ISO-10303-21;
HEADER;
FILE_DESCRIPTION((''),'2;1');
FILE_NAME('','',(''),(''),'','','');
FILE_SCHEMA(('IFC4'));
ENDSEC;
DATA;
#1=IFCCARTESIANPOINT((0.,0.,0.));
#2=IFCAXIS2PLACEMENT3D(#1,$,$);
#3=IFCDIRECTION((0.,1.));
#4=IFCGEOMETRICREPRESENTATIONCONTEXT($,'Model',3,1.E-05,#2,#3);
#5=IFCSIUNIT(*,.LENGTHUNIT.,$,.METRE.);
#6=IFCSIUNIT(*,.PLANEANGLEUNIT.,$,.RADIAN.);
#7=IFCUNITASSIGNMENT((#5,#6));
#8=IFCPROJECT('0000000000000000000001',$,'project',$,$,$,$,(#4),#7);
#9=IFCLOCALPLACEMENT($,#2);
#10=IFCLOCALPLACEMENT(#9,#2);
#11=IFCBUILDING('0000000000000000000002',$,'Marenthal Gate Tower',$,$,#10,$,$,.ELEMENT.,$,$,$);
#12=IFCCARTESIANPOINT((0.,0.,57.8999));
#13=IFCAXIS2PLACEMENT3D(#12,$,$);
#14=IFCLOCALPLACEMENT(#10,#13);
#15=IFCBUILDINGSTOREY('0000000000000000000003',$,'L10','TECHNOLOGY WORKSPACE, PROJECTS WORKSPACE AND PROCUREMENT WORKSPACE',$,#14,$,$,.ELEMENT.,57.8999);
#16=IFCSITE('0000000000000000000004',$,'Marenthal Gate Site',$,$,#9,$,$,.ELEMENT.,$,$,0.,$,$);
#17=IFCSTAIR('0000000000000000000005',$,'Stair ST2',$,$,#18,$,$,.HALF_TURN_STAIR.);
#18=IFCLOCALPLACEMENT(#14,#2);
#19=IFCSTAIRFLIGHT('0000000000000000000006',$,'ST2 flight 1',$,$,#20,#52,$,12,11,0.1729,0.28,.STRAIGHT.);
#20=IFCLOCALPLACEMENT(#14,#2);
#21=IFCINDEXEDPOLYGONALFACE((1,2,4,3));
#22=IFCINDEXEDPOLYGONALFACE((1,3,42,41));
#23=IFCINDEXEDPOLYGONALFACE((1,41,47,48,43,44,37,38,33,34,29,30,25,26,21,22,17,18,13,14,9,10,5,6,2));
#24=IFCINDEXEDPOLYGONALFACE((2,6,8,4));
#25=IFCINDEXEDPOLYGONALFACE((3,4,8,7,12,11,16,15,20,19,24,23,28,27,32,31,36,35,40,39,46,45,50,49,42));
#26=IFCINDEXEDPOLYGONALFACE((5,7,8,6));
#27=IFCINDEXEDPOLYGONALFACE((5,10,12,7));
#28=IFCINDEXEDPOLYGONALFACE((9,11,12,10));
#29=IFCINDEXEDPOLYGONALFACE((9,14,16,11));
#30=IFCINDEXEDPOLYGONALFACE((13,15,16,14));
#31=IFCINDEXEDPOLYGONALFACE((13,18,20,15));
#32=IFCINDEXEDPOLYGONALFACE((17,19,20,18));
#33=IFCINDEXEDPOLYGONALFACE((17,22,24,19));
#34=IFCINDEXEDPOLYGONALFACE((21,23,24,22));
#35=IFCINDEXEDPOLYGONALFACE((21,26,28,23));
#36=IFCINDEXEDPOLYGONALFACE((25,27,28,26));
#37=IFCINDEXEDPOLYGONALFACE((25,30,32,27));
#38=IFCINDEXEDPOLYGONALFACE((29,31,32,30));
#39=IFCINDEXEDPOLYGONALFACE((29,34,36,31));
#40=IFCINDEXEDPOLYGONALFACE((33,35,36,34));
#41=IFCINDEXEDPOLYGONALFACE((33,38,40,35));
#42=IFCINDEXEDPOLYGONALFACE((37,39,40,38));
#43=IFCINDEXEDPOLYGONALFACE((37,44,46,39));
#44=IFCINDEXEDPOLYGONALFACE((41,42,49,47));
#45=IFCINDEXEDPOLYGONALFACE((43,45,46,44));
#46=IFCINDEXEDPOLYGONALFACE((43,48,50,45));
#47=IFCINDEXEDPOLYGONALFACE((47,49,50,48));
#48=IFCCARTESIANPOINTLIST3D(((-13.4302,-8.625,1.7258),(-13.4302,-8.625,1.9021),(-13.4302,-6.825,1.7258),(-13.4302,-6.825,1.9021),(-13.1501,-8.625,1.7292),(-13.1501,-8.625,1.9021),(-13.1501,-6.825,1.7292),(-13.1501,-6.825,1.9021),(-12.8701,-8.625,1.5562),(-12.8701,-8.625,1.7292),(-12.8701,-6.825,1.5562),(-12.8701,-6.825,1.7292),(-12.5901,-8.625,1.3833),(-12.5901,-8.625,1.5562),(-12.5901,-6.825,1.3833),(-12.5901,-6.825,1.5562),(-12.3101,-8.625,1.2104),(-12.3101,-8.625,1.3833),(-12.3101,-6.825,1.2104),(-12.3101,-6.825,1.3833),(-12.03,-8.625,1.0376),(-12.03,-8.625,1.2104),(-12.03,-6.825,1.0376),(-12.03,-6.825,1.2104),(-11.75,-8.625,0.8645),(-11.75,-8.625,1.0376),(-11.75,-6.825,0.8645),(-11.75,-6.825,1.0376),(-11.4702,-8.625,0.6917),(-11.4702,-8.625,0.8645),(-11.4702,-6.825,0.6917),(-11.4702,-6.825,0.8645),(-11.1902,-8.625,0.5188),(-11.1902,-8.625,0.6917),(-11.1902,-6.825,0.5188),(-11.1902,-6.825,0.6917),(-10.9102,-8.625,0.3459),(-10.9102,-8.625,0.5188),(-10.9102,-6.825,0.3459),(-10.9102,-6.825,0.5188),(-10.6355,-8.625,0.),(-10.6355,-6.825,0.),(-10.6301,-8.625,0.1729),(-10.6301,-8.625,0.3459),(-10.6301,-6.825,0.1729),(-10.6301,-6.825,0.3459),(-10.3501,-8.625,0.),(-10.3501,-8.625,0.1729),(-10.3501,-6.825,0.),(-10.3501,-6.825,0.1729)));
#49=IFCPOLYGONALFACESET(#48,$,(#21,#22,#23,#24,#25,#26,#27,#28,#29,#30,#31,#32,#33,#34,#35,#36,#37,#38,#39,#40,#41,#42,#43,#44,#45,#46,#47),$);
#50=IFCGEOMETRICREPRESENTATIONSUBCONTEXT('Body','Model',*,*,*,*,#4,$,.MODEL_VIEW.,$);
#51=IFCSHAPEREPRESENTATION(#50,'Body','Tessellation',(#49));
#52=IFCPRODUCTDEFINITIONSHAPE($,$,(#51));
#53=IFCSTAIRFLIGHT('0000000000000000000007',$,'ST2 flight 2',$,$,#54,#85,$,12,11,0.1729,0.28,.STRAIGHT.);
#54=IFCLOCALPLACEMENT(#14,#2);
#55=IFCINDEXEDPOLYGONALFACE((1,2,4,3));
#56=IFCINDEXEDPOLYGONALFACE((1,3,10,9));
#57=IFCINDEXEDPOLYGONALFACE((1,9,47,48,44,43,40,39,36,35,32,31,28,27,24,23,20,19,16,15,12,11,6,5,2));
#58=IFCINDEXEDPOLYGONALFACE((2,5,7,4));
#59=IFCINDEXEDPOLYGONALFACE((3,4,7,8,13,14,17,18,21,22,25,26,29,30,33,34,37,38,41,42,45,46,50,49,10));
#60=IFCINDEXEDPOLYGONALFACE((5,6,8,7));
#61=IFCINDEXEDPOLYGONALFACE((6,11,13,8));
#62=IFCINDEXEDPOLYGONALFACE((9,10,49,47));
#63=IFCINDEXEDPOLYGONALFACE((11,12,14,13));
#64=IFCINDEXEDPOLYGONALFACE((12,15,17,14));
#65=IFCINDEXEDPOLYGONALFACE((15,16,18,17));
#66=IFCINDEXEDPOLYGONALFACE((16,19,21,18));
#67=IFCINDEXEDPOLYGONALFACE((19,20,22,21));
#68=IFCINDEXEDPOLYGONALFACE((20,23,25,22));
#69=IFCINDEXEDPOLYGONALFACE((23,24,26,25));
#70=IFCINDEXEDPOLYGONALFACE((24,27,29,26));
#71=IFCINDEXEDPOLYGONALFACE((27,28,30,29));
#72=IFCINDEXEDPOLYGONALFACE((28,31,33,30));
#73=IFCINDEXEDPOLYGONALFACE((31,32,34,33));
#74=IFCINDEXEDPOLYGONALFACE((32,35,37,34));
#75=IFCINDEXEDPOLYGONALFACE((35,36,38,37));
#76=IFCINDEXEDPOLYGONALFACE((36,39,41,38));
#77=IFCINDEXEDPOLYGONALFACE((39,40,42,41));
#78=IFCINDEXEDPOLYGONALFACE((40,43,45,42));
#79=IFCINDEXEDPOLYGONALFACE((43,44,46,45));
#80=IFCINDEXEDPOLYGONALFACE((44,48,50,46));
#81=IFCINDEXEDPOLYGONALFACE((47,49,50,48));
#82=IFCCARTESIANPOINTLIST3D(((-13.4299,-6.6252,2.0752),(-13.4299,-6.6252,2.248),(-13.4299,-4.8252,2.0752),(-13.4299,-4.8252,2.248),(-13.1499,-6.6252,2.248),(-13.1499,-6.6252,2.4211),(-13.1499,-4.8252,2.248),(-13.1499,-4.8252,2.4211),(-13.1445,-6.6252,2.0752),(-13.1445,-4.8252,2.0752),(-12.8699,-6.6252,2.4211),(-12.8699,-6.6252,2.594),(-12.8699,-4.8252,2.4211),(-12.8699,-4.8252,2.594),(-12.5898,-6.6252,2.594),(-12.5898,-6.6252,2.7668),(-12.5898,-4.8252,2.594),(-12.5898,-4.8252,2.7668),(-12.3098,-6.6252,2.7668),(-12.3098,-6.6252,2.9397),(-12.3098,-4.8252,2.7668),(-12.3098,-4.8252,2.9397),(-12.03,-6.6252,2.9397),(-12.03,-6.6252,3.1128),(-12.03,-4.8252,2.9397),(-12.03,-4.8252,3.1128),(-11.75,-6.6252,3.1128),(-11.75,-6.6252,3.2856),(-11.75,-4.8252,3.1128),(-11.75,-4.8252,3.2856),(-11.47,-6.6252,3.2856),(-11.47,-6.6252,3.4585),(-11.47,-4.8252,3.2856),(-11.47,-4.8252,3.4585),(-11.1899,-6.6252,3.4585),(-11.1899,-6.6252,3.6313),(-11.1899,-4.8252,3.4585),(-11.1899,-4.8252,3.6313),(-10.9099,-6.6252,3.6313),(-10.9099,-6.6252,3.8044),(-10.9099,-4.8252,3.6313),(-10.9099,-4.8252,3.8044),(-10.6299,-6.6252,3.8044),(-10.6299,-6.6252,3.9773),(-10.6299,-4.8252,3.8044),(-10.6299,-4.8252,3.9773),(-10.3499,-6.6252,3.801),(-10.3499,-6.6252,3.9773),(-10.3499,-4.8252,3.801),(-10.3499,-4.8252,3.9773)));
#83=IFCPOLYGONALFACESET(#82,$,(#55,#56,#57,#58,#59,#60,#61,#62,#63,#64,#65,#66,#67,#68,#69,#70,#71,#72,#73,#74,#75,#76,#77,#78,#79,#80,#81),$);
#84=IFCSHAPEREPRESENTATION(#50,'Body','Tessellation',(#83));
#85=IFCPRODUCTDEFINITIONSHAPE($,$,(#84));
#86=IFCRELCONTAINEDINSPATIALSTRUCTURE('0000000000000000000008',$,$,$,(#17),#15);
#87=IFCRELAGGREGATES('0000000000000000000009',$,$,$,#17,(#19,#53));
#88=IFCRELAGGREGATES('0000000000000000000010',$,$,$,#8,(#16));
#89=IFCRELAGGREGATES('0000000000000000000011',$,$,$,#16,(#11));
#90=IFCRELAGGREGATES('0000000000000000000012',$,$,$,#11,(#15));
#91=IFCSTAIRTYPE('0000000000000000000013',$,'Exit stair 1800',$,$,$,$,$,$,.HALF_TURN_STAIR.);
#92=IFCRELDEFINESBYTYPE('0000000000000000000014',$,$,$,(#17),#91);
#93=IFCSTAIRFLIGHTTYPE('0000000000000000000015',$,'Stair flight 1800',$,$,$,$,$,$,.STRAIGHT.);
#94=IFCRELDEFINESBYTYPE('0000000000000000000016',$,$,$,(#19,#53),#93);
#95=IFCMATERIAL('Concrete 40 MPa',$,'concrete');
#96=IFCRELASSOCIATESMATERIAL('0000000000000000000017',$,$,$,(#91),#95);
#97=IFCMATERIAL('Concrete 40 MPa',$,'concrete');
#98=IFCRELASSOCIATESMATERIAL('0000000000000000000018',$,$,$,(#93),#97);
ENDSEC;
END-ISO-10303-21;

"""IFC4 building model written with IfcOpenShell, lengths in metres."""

from ifc_helpers import new_model, si_unit, direction, frame, origin, place, context, subcontext, project, spatial, polyline, outline, extrude, material, type_object, element, aggregate, save


model = new_model("IFC4")

# Units and contexts
model_context = context("Model", 3, precision=1e-05, world=origin(), true_north=direction((0.0, 1.0)))
body_context = subcontext(model_context, "Body", "Model", "MODEL_VIEW")
ifc_project = project(units=[si_unit("LENGTHUNIT", "METRE"), si_unit("PLANEANGLEUNIT", "RADIAN")], contexts=[model_context])

# Site, building, storey
site_placement = place(None, origin())
site = spatial("IfcSite", under=ifc_project, at=site_placement, Name="Marenthal Gate Site", CompositionType="ELEMENT", RefElevation=0.0)
building_placement = place(site_placement, origin())
building = spatial("IfcBuilding", under=site, at=building_placement, Name="Marenthal Gate Tower", CompositionType="ELEMENT")
storey_placement = place(building_placement, frame((0.0, 0.0, 57.8999)))
storey = spatial("IfcBuildingStorey", under=building, at=storey_placement, Name="L10", Description="TECHNOLOGY WORKSPACE, PROJECTS WORKSPACE AND PROCUREMENT WORKSPACE", CompositionType="ELEMENT", Elevation=57.8999)

# Stair, stair flights
ifc_material_1 = material(Name="Concrete 40 MPa", Category="concrete")
stair_type = type_object("IfcStairType", Name="Exit stair 1800", PredefinedType="HALF_TURN_STAIR", material=ifc_material_1)
stair_placement = place(storey_placement, origin())
stair = element("IfcStair", 1, at=stair_placement, inside=storey, type_object=stair_type, Name="Stair ST2", PredefinedType="HALF_TURN_STAIR")
ifc_material_2 = material(Name="Concrete 40 MPa", Category="concrete")
stair_flight_type = type_object("IfcStairFlightType", Name="Stair flight 1800", PredefinedType="STRAIGHT", material=ifc_material_2)
stair_flight_1_placement = place(storey_placement, frame((-10.3501, -7.7251, 0.0), z_axis=(0.0, 0.0, 1.0), x_axis=(-1.0, 0.0, 0.0)))
stair_flight_1 = element("IfcStairFlight", 2, at=stair_flight_1_placement, type_object=stair_flight_type, Name="ST2 flight 1", NumberOfRisers=12, NumberOfTreads=11, PredefinedType="STRAIGHT", RiserHeight=0.1729, TreadLength=0.28, context=body_context, shape_type="SweptSolid", body=[
    extrude(outline(polyline([(0.0, 0.0), (0.0, 0.1729), (0.28, 0.1729), (0.28, 0.3459), (0.5601, 0.3459), (0.5601, 0.5188), (0.8401, 0.5188), (0.8401, 0.6917), (1.1201, 0.6917), (1.1201, 0.8645), (1.3999, 0.8645), (1.3999, 1.0376), (1.6799, 1.0376), (1.6799, 1.2104), (1.96, 1.2104), (1.96, 1.3833), (2.24, 1.3833), (2.24, 1.5562), (2.52, 1.5562), (2.52, 1.7292), (2.8, 1.7292), (2.8, 1.9021), (3.0801, 1.9021), (3.0801, 2.075), (3.0801, 1.7258), (0.2854, 0.0), (0.0, 0.0)])), frame((0.0, 0.8999, 0.0), z_axis=(0.0, -1.0, 0.0), x_axis=(1.0, 0.0, 0.0)), (0.0, 0.0, 1.0), 1.8),
])
stair_flight_2_placement = place(storey_placement, frame((-13.4299, -5.7251, 2.0752), z_axis=(0.0, 0.0, 1.0), x_axis=(1.0, 0.0, 0.0)))
stair_flight_2 = element("IfcStairFlight", 3, at=stair_flight_2_placement, type_object=stair_flight_type, Name="ST2 flight 2", NumberOfRisers=12, NumberOfTreads=11, PredefinedType="STRAIGHT", RiserHeight=0.1729, TreadLength=0.28, context=body_context, shape_type="SweptSolid", body=[
    extrude(outline(polyline([(0.0, 0.0), (0.0, 0.1729), (0.28, 0.1729), (0.28, 0.3459), (0.5601, 0.3459), (0.5601, 0.5188), (0.8401, 0.5188), (0.8401, 0.6917), (1.1201, 0.6917), (1.1201, 0.8645), (1.3999, 0.8645), (1.3999, 1.0376), (1.6799, 1.0376), (1.6799, 1.2104), (1.96, 1.2104), (1.96, 1.3833), (2.24, 1.3833), (2.24, 1.5562), (2.52, 1.5562), (2.52, 1.7292), (2.8, 1.7292), (2.8, 1.9021), (3.0801, 1.9021), (3.0801, 2.075), (3.0801, 1.7258), (0.2854, 0.0), (0.0, 0.0)])), frame((0.0, 0.8999, 0.0), z_axis=(0.0, -1.0, 0.0), x_axis=(1.0, 0.0, 0.0)), (0.0, 0.0, 1.0), 1.8),
])
aggregate(stair, [stair_flight_1, stair_flight_2])

save(model, "model.ifc")
